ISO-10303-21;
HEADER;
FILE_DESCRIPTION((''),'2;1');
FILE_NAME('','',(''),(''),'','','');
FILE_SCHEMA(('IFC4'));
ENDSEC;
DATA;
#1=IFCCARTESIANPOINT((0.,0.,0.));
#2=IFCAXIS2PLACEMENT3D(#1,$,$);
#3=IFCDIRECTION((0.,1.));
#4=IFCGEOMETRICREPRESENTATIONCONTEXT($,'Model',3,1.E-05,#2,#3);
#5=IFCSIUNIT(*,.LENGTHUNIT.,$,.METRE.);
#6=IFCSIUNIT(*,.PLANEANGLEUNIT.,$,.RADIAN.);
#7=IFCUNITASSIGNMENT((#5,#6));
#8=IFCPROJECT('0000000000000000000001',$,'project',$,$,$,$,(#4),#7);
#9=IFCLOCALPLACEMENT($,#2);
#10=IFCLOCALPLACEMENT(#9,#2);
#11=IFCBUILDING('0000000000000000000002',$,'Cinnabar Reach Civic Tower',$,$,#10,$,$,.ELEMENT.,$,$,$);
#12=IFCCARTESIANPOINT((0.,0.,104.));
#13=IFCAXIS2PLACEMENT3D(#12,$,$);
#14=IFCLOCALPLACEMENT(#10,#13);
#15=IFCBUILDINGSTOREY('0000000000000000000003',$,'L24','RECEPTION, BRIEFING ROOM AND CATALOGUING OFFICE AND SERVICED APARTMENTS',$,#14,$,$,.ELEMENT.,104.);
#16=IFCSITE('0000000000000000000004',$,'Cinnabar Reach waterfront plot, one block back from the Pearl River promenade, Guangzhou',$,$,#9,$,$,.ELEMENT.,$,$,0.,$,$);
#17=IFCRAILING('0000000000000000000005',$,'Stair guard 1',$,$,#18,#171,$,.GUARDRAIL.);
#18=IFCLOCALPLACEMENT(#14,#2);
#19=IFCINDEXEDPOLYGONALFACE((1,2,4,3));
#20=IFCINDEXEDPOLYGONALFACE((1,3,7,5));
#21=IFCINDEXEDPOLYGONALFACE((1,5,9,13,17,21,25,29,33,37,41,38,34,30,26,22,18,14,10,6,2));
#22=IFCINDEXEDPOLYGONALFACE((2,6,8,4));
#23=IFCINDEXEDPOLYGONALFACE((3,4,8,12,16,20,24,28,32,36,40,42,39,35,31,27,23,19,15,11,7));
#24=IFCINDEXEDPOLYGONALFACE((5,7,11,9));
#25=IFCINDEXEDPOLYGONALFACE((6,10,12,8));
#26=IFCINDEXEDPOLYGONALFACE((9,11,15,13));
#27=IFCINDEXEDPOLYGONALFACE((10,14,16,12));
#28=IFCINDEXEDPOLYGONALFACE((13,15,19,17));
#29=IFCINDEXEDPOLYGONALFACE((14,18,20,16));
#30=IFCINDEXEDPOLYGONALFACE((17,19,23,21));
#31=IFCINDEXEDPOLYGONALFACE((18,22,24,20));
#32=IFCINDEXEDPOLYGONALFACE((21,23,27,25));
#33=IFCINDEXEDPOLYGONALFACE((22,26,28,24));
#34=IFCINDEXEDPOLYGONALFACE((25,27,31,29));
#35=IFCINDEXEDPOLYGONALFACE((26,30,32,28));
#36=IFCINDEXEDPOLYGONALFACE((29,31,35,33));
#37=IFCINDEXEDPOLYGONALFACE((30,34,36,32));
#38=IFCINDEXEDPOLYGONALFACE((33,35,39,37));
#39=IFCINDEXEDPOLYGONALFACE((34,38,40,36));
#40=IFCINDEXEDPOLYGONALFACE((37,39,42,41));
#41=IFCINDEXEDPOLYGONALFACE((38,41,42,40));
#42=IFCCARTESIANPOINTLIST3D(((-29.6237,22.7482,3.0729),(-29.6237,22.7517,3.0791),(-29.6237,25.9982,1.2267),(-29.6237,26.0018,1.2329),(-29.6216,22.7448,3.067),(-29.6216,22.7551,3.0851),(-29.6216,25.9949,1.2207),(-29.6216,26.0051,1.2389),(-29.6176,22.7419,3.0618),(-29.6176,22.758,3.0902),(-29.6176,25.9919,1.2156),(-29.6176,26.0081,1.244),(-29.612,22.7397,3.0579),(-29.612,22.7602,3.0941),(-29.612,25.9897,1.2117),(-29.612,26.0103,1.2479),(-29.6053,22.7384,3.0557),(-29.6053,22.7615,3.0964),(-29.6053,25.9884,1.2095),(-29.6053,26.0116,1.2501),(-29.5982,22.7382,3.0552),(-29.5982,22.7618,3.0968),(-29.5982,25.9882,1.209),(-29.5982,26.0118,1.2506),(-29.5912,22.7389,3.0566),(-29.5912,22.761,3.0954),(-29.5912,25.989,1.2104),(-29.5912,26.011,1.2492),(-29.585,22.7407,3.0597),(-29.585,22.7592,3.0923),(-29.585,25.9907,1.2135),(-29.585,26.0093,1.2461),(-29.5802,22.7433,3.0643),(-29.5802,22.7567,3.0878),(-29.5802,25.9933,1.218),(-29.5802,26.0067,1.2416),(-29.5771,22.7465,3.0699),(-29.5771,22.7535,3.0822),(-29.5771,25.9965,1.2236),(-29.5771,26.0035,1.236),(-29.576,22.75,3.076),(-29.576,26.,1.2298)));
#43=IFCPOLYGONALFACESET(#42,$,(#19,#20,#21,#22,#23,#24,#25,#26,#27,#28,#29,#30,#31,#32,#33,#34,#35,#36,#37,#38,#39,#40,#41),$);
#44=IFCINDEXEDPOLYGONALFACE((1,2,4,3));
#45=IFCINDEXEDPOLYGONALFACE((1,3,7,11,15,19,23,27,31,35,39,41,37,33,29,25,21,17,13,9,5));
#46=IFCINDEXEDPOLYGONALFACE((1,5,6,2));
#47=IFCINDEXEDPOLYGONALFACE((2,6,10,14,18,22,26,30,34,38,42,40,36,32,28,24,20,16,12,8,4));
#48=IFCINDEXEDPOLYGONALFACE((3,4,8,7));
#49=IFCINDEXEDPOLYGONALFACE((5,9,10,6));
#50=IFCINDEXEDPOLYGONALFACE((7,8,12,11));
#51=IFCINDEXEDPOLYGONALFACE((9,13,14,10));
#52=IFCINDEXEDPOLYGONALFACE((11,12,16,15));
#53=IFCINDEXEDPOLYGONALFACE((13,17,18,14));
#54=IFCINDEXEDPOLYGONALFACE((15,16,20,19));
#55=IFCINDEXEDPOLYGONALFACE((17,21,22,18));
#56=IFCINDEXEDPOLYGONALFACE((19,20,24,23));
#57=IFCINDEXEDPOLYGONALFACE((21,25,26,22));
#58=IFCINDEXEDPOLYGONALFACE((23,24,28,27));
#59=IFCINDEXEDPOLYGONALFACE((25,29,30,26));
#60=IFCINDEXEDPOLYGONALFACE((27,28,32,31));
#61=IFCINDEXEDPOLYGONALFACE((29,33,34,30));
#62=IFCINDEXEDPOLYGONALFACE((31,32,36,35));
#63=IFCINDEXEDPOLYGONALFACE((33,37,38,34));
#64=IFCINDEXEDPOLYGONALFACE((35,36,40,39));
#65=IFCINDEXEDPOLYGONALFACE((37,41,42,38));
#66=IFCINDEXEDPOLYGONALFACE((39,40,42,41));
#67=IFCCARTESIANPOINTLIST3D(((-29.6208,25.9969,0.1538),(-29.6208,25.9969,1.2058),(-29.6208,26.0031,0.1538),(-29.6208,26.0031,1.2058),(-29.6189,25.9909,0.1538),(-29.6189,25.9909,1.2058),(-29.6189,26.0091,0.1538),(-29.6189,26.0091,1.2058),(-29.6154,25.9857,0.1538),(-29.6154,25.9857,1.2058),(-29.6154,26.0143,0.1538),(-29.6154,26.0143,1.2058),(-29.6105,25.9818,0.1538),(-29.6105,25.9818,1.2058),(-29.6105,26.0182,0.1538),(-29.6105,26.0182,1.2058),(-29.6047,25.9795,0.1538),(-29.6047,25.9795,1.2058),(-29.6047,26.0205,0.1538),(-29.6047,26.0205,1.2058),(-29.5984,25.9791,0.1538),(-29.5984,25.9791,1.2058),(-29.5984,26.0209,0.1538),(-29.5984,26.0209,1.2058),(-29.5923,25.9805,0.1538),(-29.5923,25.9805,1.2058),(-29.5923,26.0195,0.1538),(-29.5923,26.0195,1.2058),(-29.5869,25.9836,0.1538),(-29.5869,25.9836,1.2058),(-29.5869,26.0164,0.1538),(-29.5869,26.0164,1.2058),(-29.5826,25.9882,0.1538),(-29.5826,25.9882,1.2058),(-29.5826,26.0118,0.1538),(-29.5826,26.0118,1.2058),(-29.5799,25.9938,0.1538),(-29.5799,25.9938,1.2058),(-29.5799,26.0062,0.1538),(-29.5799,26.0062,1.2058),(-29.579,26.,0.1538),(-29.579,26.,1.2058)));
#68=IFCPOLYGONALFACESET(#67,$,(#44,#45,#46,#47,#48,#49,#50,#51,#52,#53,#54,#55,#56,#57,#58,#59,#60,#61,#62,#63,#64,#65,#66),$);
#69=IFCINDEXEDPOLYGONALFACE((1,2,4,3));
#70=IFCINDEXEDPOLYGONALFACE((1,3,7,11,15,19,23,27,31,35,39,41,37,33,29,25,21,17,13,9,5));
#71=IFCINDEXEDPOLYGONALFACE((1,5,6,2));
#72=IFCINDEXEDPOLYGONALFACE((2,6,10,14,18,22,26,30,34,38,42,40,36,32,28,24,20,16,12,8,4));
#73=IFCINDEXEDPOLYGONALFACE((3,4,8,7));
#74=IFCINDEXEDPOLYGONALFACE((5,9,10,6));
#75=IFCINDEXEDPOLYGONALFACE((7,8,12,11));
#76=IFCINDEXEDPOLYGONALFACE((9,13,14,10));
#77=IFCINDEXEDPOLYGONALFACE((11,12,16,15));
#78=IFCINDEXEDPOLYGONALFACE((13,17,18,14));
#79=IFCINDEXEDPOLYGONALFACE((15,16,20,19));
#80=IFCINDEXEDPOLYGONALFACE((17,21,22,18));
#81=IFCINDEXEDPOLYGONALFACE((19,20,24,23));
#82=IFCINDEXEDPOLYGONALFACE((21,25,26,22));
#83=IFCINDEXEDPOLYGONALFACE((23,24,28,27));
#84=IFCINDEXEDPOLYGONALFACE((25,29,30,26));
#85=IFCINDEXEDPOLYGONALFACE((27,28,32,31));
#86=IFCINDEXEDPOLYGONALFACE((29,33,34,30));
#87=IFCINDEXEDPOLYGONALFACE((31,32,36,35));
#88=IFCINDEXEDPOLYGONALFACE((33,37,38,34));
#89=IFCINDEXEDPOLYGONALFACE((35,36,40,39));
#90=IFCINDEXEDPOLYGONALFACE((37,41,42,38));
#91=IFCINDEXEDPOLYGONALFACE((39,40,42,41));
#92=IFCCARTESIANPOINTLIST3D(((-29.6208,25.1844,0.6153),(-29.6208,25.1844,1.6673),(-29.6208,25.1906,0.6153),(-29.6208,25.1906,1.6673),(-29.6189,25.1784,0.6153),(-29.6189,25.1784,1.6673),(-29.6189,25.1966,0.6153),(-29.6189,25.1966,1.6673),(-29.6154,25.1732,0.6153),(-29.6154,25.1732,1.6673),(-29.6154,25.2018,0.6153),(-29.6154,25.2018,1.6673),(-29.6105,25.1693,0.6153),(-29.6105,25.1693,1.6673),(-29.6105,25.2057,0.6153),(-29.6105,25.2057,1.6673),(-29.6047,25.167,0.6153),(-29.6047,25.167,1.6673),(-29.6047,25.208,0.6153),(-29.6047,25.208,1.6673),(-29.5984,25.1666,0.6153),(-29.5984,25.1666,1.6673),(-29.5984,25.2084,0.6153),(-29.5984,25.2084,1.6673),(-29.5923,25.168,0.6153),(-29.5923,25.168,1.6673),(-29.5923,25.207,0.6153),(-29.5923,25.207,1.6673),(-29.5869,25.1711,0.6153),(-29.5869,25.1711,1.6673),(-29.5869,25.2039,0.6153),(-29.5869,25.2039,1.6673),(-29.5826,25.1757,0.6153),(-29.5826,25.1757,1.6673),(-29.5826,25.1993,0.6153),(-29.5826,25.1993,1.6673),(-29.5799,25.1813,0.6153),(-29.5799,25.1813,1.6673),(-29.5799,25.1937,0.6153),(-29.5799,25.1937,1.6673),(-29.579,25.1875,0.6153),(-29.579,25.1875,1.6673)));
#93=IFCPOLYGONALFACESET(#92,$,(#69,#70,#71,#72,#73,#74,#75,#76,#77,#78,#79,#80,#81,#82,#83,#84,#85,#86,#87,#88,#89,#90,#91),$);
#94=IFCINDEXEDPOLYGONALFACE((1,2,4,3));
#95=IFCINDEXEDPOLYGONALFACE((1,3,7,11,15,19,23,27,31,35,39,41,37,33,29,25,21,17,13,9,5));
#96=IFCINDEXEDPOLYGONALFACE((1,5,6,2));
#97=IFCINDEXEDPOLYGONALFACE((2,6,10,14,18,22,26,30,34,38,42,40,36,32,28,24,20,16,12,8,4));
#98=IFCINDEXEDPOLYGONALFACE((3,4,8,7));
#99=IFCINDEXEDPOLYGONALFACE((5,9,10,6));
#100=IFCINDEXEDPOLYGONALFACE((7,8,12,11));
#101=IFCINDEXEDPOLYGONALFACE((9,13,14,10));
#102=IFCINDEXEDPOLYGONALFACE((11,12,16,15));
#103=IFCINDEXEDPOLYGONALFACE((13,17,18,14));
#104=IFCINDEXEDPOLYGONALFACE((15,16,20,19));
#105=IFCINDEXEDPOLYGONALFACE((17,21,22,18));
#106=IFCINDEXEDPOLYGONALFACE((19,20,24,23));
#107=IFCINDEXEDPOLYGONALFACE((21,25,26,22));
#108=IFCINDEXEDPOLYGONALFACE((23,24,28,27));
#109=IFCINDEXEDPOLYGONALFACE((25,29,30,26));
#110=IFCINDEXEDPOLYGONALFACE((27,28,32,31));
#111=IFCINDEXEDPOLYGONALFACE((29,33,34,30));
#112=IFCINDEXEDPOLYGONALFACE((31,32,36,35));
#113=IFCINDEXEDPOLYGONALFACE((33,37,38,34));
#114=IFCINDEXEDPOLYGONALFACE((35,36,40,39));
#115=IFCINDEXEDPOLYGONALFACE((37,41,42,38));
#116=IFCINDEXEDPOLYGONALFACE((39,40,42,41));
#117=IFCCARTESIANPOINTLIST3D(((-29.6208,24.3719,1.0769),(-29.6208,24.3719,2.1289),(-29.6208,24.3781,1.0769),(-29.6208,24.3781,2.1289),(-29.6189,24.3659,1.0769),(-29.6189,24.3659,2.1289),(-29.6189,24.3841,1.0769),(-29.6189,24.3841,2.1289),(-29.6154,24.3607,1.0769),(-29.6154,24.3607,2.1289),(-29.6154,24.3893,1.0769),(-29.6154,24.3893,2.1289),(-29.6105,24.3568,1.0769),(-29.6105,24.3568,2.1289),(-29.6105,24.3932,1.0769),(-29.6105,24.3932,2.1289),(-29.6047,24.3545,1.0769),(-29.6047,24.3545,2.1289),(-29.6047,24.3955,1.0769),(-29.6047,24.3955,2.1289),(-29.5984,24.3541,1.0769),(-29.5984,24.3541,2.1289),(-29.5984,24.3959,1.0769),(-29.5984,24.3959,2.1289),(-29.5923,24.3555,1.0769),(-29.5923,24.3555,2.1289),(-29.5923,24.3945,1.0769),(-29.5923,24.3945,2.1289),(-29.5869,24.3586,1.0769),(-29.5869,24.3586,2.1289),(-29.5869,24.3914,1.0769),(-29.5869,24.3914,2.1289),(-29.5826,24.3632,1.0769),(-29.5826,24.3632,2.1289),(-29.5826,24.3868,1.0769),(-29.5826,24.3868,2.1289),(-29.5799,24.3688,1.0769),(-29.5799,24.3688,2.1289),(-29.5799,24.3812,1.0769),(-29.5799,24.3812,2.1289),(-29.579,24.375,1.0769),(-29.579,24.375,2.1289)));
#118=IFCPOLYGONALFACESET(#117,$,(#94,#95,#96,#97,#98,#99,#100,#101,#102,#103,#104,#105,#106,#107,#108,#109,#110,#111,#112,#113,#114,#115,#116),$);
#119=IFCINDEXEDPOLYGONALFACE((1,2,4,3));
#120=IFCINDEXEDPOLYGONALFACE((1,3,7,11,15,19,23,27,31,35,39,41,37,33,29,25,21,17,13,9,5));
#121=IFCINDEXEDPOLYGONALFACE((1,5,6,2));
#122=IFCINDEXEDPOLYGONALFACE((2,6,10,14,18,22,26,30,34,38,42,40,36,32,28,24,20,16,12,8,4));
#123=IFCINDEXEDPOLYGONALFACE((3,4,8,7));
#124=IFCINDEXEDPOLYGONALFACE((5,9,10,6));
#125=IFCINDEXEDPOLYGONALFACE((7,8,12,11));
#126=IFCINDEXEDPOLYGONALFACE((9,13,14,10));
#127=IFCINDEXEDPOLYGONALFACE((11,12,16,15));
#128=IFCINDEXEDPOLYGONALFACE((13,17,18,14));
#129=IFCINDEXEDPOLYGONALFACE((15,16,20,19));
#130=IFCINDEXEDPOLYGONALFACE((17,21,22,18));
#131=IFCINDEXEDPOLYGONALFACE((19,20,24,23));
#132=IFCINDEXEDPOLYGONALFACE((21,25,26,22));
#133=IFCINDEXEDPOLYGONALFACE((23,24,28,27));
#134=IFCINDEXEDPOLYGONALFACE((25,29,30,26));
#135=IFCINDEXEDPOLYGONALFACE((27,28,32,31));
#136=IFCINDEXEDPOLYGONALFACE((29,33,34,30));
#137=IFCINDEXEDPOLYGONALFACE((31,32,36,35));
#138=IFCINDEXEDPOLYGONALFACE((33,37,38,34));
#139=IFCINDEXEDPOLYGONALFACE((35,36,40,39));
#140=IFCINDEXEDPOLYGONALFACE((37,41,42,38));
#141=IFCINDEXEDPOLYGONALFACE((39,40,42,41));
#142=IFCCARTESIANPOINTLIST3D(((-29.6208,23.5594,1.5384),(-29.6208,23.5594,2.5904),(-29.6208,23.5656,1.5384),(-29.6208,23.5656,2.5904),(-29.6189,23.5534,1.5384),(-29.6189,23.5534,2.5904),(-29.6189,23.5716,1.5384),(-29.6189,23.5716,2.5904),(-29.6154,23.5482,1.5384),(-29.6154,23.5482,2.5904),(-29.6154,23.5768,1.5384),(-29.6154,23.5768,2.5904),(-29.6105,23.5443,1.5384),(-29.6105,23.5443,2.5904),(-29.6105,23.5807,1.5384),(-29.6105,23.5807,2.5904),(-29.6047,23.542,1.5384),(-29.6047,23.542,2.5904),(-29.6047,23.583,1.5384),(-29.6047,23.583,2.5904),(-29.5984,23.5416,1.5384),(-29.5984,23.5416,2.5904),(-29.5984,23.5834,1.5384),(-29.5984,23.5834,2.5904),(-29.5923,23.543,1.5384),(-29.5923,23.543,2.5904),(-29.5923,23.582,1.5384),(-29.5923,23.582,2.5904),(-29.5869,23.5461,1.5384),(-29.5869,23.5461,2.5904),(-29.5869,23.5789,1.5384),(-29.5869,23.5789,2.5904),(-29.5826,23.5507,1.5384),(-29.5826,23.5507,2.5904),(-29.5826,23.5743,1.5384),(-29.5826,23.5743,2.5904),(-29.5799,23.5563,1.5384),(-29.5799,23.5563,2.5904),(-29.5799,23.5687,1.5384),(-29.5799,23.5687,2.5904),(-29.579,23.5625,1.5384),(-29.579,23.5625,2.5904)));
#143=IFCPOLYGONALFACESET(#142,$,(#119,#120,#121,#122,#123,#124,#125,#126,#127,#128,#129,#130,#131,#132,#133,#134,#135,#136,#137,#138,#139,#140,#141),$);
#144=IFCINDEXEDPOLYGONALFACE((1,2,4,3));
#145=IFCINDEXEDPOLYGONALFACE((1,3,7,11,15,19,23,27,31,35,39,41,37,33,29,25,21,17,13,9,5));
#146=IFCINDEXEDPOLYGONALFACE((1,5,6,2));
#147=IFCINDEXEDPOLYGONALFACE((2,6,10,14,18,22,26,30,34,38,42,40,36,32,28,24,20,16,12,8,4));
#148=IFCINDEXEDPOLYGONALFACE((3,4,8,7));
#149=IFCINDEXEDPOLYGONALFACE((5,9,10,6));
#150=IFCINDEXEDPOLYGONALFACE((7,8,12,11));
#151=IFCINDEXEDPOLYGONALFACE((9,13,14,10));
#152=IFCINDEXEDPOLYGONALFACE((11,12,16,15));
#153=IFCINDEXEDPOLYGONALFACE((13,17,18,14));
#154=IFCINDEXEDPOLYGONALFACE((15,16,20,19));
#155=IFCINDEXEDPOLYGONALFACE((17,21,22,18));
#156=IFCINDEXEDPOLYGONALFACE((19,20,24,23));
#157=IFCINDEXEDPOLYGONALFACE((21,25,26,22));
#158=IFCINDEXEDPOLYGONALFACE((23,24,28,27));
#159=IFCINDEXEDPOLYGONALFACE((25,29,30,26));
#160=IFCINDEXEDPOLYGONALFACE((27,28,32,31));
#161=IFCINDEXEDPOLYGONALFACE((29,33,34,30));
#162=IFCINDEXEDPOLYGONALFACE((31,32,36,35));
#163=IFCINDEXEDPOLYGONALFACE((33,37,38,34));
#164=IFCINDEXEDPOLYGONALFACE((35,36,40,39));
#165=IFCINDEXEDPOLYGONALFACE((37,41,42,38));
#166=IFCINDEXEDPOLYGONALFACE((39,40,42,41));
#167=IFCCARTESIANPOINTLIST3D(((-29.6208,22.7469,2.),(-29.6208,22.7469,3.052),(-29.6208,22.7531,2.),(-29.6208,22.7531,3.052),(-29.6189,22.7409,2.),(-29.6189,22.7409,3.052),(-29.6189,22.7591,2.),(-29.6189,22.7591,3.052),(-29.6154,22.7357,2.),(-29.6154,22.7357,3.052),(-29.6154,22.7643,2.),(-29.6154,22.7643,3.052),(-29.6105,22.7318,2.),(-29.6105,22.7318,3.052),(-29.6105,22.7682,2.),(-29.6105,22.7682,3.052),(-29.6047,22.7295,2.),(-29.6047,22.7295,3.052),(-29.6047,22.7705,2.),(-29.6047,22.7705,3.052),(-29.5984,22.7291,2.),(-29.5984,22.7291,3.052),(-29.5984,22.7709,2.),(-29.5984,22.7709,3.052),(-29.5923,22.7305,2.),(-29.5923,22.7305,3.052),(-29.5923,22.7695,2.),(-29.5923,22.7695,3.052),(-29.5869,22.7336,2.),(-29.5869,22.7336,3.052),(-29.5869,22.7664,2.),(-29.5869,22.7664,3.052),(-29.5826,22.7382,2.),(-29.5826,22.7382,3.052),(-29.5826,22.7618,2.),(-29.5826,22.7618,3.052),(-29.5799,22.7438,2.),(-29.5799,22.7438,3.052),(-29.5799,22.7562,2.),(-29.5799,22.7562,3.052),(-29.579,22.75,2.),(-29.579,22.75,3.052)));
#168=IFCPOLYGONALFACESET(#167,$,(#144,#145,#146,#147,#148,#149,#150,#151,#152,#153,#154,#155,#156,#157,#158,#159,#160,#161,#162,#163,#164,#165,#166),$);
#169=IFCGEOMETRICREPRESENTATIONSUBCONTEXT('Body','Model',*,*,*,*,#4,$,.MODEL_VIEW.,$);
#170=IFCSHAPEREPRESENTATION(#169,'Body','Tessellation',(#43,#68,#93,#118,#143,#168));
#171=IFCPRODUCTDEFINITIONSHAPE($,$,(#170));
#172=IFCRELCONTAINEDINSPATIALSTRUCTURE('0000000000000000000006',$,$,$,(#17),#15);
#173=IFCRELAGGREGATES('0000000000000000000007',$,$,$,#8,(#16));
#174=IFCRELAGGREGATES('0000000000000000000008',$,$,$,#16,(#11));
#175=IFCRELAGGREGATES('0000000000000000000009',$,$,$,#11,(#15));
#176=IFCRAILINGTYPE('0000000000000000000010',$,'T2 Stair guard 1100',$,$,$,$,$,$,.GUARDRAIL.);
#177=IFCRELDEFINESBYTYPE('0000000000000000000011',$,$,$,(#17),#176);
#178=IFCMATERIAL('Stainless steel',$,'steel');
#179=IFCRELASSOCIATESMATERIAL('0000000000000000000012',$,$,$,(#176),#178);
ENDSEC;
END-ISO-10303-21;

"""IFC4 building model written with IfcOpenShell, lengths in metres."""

from ifc_helpers import new_model, si_unit, direction, frame, origin, origin_2d, place, context, subcontext, project, spatial, circle, extrude, material, type_object, element, save


model = new_model("IFC4")

# Units and contexts
model_context = context("Model", 3, precision=1e-05, world=origin(), true_north=direction((0.0, 1.0)))
body_context = subcontext(model_context, "Body", "Model", "MODEL_VIEW")
ifc_project = project(units=[si_unit("LENGTHUNIT", "METRE"), si_unit("PLANEANGLEUNIT", "RADIAN")], contexts=[model_context])

# Site, building, storey
site_placement = place(None, origin())
site = spatial("IfcSite", under=ifc_project, at=site_placement, Name="Cinnabar Reach waterfront plot, one block back from the Pearl River promenade, Guangzhou", CompositionType="ELEMENT", RefElevation=0.0)
building_placement = place(site_placement, origin())
building = spatial("IfcBuilding", under=site, at=building_placement, Name="Cinnabar Reach Civic Tower", CompositionType="ELEMENT")
storey_placement = place(building_placement, frame((0.0, 0.0, 104.0)))
storey = spatial("IfcBuildingStorey", under=building, at=storey_placement, Name="L24", Description="RECEPTION, BRIEFING ROOM AND CATALOGUING OFFICE AND SERVICED APARTMENTS", CompositionType="ELEMENT", Elevation=104.0)

# Railing
ifc_material_1 = material(Name="Stainless steel", Category="steel")
railing_type = type_object("IfcRailingType", Name="T2 Stair guard 1100", PredefinedType="GUARDRAIL", material=ifc_material_1)
railing_1_placement = place(storey_placement, frame((-29.6, 26.0, 0.1538)))
element("IfcRailing", 1, at=railing_1_placement, inside=storey, type_object=railing_type, Name="Stair guard 1", PredefinedType="GUARDRAIL", context=body_context, shape_type="SweptSolid", body=[
    extrude(circle(Radius=0.024, at=origin_2d()), frame((0.0, 0.0, 1.076), z_axis=(0.0, -0.869501, 0.49393), x_axis=(1.0, 0.0, 0.0)), (0.0, 0.0, 1.0), 3.7378),
    extrude(circle(Radius=0.021, at=origin_2d()), origin(), (0.0, 0.0, 1.0), 1.052),
    extrude(circle(Radius=0.021, at=origin_2d()), frame((0.0, -0.8125, 0.4615)), (0.0, 0.0, 1.0), 1.052),
    extrude(circle(Radius=0.021, at=origin_2d()), frame((0.0, -1.625, 0.9231)), (0.0, 0.0, 1.0), 1.052),
    extrude(circle(Radius=0.021, at=origin_2d()), frame((0.0, -2.4375, 1.3846)), (0.0, 0.0, 1.0), 1.052),
    extrude(circle(Radius=0.021, at=origin_2d()), frame((0.0, -3.25, 1.8462)), (0.0, 0.0, 1.0), 1.052),
])

save(model, "model.ifc")
